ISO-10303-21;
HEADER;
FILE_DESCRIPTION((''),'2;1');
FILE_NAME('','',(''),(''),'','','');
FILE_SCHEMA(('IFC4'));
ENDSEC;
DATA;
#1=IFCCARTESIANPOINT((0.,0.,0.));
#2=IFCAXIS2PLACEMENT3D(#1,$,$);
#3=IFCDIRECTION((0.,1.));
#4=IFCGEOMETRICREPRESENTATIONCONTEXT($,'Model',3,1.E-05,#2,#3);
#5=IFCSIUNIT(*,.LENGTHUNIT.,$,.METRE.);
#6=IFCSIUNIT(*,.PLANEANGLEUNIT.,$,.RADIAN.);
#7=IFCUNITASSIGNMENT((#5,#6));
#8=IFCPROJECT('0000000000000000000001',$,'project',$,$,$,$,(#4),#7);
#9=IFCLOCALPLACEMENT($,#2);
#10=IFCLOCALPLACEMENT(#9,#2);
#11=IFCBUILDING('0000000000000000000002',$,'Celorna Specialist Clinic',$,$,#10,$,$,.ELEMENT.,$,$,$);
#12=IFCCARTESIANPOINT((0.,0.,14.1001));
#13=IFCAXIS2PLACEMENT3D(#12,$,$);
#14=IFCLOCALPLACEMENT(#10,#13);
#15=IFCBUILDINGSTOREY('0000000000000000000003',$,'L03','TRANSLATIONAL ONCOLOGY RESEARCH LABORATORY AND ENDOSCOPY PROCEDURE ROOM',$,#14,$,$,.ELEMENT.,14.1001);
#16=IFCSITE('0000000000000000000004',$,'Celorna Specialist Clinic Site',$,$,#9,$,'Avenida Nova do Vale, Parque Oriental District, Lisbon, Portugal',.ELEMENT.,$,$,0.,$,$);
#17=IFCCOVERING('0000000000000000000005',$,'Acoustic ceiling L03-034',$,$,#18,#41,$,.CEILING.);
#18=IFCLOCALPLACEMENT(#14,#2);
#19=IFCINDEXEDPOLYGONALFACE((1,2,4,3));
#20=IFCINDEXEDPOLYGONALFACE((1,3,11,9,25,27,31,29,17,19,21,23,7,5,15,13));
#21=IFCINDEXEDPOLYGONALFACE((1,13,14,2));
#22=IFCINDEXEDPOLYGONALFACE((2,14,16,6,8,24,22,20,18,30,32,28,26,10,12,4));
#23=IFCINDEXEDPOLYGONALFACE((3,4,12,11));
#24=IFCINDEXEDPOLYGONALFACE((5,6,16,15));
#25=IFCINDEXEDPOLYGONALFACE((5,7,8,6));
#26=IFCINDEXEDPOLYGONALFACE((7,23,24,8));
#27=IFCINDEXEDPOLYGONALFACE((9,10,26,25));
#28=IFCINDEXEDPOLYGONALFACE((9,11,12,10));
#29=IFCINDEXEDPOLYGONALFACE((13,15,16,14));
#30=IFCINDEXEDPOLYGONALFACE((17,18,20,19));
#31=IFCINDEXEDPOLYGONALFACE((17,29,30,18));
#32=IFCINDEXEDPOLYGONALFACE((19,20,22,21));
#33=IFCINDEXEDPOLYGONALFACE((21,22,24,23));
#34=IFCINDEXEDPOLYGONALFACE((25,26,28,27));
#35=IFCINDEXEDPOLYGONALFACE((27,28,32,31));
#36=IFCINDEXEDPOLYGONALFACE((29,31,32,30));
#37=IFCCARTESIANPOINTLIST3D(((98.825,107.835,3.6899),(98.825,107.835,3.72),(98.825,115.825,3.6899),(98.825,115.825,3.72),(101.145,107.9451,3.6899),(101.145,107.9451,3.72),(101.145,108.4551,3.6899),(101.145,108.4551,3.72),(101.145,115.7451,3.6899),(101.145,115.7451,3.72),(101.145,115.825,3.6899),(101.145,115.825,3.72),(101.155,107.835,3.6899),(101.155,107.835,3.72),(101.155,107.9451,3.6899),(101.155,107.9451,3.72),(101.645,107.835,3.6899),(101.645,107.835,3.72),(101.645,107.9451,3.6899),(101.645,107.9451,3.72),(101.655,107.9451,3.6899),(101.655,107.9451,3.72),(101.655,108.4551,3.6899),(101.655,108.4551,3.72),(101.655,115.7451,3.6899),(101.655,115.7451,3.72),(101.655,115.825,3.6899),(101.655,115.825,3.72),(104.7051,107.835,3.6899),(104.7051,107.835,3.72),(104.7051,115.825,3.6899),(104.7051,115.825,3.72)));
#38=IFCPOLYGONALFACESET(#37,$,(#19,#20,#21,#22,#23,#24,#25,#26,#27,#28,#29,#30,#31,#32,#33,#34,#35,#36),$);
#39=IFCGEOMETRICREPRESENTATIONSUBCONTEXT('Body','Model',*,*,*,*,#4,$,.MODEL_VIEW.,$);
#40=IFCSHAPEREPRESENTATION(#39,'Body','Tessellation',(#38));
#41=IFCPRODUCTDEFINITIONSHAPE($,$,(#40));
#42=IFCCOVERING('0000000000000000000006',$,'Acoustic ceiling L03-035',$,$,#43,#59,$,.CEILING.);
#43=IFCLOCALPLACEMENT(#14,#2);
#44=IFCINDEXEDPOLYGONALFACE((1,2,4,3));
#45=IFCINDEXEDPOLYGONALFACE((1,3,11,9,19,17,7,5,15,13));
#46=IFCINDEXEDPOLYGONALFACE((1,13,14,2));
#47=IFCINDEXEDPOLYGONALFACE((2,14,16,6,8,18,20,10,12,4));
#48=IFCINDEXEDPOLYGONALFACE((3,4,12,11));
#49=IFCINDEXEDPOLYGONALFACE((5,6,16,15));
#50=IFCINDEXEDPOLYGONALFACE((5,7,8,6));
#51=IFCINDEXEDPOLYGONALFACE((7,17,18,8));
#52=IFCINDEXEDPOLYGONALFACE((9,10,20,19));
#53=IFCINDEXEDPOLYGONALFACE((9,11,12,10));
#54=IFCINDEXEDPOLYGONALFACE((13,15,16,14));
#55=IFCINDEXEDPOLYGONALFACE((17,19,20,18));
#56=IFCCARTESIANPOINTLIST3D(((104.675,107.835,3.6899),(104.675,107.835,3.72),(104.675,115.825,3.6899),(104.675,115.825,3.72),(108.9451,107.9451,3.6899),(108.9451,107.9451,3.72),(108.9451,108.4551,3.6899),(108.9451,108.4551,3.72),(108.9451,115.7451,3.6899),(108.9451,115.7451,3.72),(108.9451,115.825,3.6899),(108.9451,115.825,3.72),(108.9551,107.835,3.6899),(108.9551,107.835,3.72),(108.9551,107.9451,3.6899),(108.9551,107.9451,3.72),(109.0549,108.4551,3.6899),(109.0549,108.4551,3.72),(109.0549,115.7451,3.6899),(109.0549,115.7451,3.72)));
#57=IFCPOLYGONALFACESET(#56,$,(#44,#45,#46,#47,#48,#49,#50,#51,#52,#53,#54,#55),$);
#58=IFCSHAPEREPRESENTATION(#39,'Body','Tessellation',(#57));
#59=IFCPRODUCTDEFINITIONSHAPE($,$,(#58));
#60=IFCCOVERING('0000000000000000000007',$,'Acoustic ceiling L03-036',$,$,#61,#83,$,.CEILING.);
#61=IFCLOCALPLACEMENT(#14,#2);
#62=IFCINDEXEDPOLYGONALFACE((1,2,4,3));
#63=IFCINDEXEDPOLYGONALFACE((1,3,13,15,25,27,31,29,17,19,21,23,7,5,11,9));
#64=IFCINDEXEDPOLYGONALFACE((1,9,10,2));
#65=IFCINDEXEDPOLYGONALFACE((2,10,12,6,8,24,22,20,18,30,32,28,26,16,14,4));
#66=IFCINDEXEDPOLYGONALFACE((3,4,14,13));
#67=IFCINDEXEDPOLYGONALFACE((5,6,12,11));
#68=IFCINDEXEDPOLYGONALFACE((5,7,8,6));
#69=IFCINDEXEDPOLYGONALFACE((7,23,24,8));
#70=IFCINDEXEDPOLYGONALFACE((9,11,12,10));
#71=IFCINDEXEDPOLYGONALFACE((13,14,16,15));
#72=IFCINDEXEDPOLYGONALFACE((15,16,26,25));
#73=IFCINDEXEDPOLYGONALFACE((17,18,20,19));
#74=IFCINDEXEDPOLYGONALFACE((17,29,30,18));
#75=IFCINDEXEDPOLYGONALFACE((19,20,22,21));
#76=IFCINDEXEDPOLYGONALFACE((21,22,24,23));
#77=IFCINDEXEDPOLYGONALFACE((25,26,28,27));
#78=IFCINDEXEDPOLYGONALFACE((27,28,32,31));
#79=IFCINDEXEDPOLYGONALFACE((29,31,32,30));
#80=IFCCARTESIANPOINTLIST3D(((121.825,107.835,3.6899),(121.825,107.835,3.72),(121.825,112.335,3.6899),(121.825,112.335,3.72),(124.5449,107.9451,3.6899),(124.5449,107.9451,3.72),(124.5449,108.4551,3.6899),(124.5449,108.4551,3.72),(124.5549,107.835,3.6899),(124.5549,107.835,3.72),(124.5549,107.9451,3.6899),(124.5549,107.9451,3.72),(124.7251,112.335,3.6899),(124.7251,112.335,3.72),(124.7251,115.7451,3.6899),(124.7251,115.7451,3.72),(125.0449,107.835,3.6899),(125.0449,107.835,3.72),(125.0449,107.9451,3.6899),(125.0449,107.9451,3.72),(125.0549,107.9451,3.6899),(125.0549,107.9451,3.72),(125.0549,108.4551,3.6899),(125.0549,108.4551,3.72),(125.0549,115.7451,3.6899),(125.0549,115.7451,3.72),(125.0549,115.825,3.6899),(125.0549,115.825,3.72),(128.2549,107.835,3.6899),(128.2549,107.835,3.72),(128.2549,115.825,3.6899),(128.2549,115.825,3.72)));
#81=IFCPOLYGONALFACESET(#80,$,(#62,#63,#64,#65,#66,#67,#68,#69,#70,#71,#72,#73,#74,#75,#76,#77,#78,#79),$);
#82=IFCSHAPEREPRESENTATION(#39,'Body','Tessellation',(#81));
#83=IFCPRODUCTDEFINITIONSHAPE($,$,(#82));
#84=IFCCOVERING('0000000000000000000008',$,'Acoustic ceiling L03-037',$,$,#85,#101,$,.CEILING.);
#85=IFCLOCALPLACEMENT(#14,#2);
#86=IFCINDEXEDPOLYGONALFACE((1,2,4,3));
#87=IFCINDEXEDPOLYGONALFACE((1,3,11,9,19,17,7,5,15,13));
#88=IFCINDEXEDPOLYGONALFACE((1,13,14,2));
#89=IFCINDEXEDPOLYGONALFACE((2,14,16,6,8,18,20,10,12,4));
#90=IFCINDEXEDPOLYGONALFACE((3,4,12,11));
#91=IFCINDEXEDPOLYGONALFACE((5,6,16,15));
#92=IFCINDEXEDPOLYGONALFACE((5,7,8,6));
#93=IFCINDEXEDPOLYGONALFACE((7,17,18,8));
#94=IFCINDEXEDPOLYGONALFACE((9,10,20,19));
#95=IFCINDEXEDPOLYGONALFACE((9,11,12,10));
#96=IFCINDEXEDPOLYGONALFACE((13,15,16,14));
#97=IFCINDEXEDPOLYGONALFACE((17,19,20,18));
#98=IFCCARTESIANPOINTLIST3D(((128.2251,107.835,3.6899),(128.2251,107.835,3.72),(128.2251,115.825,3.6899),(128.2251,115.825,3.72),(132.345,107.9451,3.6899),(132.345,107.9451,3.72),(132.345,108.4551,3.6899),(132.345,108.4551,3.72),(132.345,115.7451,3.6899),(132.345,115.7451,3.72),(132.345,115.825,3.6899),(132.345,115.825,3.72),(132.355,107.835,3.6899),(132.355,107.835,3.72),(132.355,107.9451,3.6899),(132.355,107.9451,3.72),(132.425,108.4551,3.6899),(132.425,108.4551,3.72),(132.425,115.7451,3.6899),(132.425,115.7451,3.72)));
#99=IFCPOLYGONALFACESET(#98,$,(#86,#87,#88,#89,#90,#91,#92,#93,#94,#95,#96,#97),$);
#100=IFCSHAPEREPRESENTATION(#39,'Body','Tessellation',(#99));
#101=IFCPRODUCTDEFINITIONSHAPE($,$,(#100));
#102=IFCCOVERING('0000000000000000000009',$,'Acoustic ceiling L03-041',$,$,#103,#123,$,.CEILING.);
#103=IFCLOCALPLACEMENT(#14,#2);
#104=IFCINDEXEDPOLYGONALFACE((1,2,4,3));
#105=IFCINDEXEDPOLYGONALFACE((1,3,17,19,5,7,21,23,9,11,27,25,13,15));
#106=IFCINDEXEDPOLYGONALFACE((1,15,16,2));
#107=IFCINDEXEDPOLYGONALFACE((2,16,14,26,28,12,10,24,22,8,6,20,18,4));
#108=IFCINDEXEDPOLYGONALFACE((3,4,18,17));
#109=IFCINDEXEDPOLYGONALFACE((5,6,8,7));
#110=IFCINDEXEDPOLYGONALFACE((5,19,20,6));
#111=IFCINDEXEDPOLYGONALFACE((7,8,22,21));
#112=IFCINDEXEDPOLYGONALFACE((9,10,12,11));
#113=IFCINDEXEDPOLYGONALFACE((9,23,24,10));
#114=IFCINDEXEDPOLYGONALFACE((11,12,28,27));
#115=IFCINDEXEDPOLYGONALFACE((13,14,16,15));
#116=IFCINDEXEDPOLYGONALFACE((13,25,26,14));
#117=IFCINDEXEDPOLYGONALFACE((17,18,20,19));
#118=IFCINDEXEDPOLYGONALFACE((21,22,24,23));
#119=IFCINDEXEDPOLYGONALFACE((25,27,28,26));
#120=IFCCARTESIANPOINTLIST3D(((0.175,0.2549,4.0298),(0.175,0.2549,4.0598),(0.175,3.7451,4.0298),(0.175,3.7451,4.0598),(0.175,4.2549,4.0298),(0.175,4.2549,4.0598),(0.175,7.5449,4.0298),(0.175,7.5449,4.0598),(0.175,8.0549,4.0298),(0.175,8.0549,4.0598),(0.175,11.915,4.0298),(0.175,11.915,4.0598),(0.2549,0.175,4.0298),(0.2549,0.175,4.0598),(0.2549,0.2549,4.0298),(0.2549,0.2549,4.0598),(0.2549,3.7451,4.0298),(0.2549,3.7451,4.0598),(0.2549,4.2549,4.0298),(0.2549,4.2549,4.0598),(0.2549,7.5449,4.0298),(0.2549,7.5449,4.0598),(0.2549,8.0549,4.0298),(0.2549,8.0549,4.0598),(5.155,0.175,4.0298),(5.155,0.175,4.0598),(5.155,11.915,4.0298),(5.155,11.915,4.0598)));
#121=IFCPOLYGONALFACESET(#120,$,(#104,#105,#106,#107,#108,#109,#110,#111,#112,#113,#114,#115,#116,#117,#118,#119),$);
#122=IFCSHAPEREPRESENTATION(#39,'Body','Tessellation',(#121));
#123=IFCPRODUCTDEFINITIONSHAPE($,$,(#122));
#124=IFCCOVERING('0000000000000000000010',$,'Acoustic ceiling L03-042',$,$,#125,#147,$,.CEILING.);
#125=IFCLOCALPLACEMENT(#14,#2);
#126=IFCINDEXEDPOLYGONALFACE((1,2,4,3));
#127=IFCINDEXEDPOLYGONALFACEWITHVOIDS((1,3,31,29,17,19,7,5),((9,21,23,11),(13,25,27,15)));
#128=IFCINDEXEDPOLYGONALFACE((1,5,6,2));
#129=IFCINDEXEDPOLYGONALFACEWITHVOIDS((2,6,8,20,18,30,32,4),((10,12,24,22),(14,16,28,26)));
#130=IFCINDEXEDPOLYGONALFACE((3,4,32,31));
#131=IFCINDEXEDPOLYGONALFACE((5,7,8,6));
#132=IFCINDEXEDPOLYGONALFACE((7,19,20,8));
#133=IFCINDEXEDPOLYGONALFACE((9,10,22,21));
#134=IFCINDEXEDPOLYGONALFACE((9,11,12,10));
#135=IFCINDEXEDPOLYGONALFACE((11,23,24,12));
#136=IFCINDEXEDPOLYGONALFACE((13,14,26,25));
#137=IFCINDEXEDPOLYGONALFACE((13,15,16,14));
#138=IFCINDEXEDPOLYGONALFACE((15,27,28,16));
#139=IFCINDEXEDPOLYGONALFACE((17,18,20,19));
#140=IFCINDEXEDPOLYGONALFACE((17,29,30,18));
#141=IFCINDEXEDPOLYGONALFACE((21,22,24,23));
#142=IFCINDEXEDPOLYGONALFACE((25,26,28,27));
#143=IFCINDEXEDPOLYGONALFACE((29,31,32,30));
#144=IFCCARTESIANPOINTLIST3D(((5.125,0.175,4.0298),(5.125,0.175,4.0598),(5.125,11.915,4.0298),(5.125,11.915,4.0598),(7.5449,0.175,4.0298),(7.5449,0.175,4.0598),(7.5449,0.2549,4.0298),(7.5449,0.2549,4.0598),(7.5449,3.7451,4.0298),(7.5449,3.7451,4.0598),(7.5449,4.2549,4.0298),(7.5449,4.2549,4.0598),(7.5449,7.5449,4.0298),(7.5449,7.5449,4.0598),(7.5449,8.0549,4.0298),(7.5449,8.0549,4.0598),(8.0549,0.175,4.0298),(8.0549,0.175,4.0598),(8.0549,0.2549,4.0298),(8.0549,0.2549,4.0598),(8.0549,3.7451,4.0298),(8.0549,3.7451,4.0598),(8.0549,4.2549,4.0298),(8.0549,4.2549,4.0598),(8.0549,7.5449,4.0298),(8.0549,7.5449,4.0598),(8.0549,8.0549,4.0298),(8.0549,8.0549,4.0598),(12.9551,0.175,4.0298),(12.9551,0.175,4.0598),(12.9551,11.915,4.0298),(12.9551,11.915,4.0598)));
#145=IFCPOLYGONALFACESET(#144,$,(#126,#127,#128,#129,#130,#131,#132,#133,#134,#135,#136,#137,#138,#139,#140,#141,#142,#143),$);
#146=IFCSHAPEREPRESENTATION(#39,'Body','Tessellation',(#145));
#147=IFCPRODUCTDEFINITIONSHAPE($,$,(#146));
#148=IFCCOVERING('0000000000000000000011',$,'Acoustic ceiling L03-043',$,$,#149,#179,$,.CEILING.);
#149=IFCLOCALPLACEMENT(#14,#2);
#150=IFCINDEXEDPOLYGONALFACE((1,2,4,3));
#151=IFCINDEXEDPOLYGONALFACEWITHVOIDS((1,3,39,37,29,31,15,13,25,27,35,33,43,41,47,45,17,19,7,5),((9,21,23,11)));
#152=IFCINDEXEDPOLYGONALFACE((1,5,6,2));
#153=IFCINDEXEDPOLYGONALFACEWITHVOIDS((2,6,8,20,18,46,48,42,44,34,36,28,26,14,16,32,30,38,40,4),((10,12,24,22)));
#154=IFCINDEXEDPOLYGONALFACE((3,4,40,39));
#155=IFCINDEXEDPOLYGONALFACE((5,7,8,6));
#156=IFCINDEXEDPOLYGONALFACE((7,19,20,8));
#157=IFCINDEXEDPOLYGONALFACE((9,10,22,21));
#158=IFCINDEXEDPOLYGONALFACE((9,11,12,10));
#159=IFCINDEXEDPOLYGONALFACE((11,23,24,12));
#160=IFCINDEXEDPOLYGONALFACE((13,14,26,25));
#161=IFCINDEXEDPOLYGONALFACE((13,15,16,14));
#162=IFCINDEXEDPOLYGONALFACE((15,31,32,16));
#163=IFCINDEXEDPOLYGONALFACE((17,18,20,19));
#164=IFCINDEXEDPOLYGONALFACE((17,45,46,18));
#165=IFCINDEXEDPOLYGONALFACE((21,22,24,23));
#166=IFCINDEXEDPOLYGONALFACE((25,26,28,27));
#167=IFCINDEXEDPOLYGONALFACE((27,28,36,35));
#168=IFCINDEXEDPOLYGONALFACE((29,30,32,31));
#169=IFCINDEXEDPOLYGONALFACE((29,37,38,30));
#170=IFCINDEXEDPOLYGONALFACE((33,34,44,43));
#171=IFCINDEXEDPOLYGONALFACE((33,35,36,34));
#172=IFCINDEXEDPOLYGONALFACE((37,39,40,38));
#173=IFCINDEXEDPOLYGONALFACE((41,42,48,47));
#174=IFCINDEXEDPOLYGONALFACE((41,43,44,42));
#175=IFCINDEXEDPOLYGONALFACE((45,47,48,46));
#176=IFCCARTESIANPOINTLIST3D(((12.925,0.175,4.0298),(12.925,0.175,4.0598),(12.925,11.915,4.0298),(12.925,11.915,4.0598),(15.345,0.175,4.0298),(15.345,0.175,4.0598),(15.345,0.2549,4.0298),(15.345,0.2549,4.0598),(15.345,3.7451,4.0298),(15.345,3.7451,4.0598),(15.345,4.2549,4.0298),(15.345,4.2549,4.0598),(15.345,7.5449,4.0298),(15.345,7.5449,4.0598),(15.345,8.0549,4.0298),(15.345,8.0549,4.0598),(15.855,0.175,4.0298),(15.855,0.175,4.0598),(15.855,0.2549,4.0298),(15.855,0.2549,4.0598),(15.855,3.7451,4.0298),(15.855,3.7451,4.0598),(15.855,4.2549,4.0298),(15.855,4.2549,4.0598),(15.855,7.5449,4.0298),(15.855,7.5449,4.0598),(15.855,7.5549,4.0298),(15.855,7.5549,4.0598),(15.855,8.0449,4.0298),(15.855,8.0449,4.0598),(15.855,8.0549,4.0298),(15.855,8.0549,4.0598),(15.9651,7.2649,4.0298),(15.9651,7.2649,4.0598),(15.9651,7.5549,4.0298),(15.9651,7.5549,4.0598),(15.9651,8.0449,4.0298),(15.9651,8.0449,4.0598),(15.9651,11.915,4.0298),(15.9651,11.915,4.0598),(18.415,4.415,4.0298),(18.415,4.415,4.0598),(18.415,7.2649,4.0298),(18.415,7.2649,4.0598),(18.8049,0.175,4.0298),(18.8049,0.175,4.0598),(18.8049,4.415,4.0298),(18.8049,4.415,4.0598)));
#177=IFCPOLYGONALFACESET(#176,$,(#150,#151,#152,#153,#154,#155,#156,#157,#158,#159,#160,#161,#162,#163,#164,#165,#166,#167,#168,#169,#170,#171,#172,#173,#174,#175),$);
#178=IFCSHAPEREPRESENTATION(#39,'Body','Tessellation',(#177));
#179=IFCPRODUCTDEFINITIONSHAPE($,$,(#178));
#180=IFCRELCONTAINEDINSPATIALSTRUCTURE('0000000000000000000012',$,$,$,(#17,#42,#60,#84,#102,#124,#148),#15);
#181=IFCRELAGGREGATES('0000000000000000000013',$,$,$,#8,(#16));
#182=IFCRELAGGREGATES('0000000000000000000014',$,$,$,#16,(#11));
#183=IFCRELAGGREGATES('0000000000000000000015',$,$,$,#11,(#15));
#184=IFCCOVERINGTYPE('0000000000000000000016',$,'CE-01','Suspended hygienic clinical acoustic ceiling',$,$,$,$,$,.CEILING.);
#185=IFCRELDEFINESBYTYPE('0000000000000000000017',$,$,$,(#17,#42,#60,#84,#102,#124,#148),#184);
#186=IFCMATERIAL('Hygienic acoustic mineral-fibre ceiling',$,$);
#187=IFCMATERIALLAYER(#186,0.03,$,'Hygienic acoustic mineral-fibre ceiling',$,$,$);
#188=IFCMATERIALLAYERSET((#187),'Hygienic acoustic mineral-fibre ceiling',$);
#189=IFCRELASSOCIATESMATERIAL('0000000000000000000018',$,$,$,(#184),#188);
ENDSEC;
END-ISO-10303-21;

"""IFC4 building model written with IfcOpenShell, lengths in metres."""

from ifc_helpers import new_model, si_unit, direction, frame, origin, place, context, subcontext, project, spatial, polyline, outline, extrude, material, layer, layer_set, type_object, element, save


model = new_model("IFC4")

# Units and contexts
model_context = context("Model", 3, precision=1e-05, world=origin(), true_north=direction((0.0, 1.0)))
body_context = subcontext(model_context, "Body", "Model", "MODEL_VIEW")
ifc_project = project(units=[si_unit("LENGTHUNIT", "METRE"), si_unit("PLANEANGLEUNIT", "RADIAN")], contexts=[model_context])

# Site, building, storey
site_placement = place(None, origin())
site = spatial("IfcSite", under=ifc_project, at=site_placement, Name="Celorna Specialist Clinic Site", LongName="Avenida Nova do Vale, Parque Oriental District, Lisbon, Portugal", CompositionType="ELEMENT", RefElevation=0.0)
building_placement = place(site_placement, origin())
building = spatial("IfcBuilding", under=site, at=building_placement, Name="Celorna Specialist Clinic", CompositionType="ELEMENT")
storey_placement = place(building_placement, frame((0.0, 0.0, 14.1001)))
storey = spatial("IfcBuildingStorey", under=building, at=storey_placement, Name="L03", Description="TRANSLATIONAL ONCOLOGY RESEARCH LABORATORY AND ENDOSCOPY PROCEDURE ROOM", CompositionType="ELEMENT", Elevation=14.1001)

# Coverings
ifc_material_1 = material(Name="Hygienic acoustic mineral-fibre ceiling")
ifc_layer_1 = layer(ifc_material_1, 0.03, Name="Hygienic acoustic mineral-fibre ceiling")
ifc_layer_set_1 = layer_set([ifc_layer_1], Name="Hygienic acoustic mineral-fibre ceiling")
covering_type_1 = type_object("IfcCoveringType", Name="CE-01", Description="Suspended hygienic clinical acoustic ceiling", PredefinedType="CEILING", material=ifc_layer_set_1)
covering_1_placement = place(storey_placement, frame((0.0, 0.0, 3.6899)))
element("IfcCovering", 1, at=covering_1_placement, inside=storey, type_object=covering_type_1, Name="Acoustic ceiling L03-034", PredefinedType="CEILING", context=body_context, shape_type="SweptSolid", body=[
    extrude(outline(polyline([(101.145, 115.825), (101.145, 115.7451), (101.655, 115.7451), (101.655, 115.825), (104.7051, 115.825), (104.7051, 107.835), (101.645, 107.835), (101.645, 107.9451), (101.655, 107.9451), (101.655, 108.4551), (101.145, 108.4551), (101.145, 107.9451), (101.155, 107.9451), (101.155, 107.835), (98.825, 107.835), (98.825, 115.825), (101.145, 115.825)])), origin(), (0.0, 0.0, 1.0), 0.03),
])
covering_2_placement = place(storey_placement, frame((0.0, 0.0, 3.6899)))
element("IfcCovering", 2, at=covering_2_placement, inside=storey, type_object=covering_type_1, Name="Acoustic ceiling L03-035", PredefinedType="CEILING", context=body_context, shape_type="SweptSolid", body=[
    extrude(outline(polyline([(108.9451, 115.825), (108.9451, 115.7451), (109.0549, 115.7451), (109.0549, 108.4551), (108.9451, 108.4551), (108.9451, 107.9451), (108.9551, 107.9451), (108.9551, 107.835), (104.675, 107.835), (104.675, 115.825), (108.9451, 115.825)])), origin(), (0.0, 0.0, 1.0), 0.03),
])
covering_3_placement = place(storey_placement, frame((0.0, 0.0, 3.6899)))
element("IfcCovering", 3, at=covering_3_placement, inside=storey, type_object=covering_type_1, Name="Acoustic ceiling L03-036", PredefinedType="CEILING", context=body_context, shape_type="SweptSolid", body=[
    extrude(outline(polyline([(121.825, 107.835), (121.825, 112.335), (124.7251, 112.335), (124.7251, 115.7451), (125.0549, 115.7451), (125.0549, 115.825), (128.2549, 115.825), (128.2549, 107.835), (125.0449, 107.835), (125.0449, 107.9451), (125.0549, 107.9451), (125.0549, 108.4551), (124.5449, 108.4551), (124.5449, 107.9451), (124.5549, 107.9451), (124.5549, 107.835), (121.825, 107.835)])), origin(), (0.0, 0.0, 1.0), 0.03),
])
covering_4_placement = place(storey_placement, frame((0.0, 0.0, 3.6899)))
element("IfcCovering", 4, at=covering_4_placement, inside=storey, type_object=covering_type_1, Name="Acoustic ceiling L03-037", PredefinedType="CEILING", context=body_context, shape_type="SweptSolid", body=[
    extrude(outline(polyline([(132.345, 115.825), (132.345, 115.7451), (132.425, 115.7451), (132.425, 108.4551), (132.345, 108.4551), (132.345, 107.9451), (132.355, 107.9451), (132.355, 107.835), (128.2251, 107.835), (128.2251, 115.825), (132.345, 115.825)])), origin(), (0.0, 0.0, 1.0), 0.03),
])
covering_5_placement = place(storey_placement, frame((0.0, 0.0, 4.0298)))
element("IfcCovering", 5, at=covering_5_placement, inside=storey, type_object=covering_type_1, Name="Acoustic ceiling L03-041", PredefinedType="CEILING", context=body_context, shape_type="SweptSolid", body=[
    extrude(outline(polyline([(0.175, 3.7451), (0.2549, 3.7451), (0.2549, 4.2549), (0.175, 4.2549), (0.175, 7.5449), (0.2549, 7.5449), (0.2549, 8.0549), (0.175, 8.0549), (0.175, 11.915), (5.155, 11.915), (5.155, 0.175), (0.2549, 0.175), (0.2549, 0.2549), (0.175, 0.2549), (0.175, 3.7451)])), origin(), (0.0, 0.0, 1.0), 0.03),
])
covering_6_placement = place(storey_placement, frame((0.0, 0.0, 4.0298)))
element("IfcCovering", 6, at=covering_6_placement, inside=storey, type_object=covering_type_1, Name="Acoustic ceiling L03-042", PredefinedType="CEILING", context=body_context, shape_type="SweptSolid", body=[
    extrude(outline(polyline([(12.9551, 11.915), (12.9551, 0.175), (8.0549, 0.175), (8.0549, 0.2549), (7.5449, 0.2549), (7.5449, 0.175), (5.125, 0.175), (5.125, 11.915), (12.9551, 11.915)]), holes=[polyline([(7.5449, 4.2549), (7.5449, 3.7451), (8.0549, 3.7451), (8.0549, 4.2549), (7.5449, 4.2549)]), polyline([(8.0549, 8.0549), (7.5449, 8.0549), (7.5449, 7.5449), (8.0549, 7.5449), (8.0549, 8.0549)])]), origin(), (0.0, 0.0, 1.0), 0.03),
])
covering_7_placement = place(storey_placement, frame((0.0, 0.0, 4.0298)))
element("IfcCovering", 7, at=covering_7_placement, inside=storey, type_object=covering_type_1, Name="Acoustic ceiling L03-043", PredefinedType="CEILING", context=body_context, shape_type="SweptSolid", body=[
    extrude(outline(polyline([(12.925, 0.175), (12.925, 11.915), (15.9651, 11.915), (15.9651, 8.0449), (15.855, 8.0449), (15.855, 8.0549), (15.345, 8.0549), (15.345, 7.5449), (15.855, 7.5449), (15.855, 7.5549), (15.9651, 7.5549), (15.9651, 7.2649), (18.415, 7.2649), (18.415, 4.415), (18.8049, 4.415), (18.8049, 0.175), (15.855, 0.175), (15.855, 0.2549), (15.345, 0.2549), (15.345, 0.175), (12.925, 0.175)]), holes=[polyline([(15.855, 4.2549), (15.345, 4.2549), (15.345, 3.7451), (15.855, 3.7451), (15.855, 4.2549)])]), origin(), (0.0, 0.0, 1.0), 0.03),
])

save(model, "model.ifc")
